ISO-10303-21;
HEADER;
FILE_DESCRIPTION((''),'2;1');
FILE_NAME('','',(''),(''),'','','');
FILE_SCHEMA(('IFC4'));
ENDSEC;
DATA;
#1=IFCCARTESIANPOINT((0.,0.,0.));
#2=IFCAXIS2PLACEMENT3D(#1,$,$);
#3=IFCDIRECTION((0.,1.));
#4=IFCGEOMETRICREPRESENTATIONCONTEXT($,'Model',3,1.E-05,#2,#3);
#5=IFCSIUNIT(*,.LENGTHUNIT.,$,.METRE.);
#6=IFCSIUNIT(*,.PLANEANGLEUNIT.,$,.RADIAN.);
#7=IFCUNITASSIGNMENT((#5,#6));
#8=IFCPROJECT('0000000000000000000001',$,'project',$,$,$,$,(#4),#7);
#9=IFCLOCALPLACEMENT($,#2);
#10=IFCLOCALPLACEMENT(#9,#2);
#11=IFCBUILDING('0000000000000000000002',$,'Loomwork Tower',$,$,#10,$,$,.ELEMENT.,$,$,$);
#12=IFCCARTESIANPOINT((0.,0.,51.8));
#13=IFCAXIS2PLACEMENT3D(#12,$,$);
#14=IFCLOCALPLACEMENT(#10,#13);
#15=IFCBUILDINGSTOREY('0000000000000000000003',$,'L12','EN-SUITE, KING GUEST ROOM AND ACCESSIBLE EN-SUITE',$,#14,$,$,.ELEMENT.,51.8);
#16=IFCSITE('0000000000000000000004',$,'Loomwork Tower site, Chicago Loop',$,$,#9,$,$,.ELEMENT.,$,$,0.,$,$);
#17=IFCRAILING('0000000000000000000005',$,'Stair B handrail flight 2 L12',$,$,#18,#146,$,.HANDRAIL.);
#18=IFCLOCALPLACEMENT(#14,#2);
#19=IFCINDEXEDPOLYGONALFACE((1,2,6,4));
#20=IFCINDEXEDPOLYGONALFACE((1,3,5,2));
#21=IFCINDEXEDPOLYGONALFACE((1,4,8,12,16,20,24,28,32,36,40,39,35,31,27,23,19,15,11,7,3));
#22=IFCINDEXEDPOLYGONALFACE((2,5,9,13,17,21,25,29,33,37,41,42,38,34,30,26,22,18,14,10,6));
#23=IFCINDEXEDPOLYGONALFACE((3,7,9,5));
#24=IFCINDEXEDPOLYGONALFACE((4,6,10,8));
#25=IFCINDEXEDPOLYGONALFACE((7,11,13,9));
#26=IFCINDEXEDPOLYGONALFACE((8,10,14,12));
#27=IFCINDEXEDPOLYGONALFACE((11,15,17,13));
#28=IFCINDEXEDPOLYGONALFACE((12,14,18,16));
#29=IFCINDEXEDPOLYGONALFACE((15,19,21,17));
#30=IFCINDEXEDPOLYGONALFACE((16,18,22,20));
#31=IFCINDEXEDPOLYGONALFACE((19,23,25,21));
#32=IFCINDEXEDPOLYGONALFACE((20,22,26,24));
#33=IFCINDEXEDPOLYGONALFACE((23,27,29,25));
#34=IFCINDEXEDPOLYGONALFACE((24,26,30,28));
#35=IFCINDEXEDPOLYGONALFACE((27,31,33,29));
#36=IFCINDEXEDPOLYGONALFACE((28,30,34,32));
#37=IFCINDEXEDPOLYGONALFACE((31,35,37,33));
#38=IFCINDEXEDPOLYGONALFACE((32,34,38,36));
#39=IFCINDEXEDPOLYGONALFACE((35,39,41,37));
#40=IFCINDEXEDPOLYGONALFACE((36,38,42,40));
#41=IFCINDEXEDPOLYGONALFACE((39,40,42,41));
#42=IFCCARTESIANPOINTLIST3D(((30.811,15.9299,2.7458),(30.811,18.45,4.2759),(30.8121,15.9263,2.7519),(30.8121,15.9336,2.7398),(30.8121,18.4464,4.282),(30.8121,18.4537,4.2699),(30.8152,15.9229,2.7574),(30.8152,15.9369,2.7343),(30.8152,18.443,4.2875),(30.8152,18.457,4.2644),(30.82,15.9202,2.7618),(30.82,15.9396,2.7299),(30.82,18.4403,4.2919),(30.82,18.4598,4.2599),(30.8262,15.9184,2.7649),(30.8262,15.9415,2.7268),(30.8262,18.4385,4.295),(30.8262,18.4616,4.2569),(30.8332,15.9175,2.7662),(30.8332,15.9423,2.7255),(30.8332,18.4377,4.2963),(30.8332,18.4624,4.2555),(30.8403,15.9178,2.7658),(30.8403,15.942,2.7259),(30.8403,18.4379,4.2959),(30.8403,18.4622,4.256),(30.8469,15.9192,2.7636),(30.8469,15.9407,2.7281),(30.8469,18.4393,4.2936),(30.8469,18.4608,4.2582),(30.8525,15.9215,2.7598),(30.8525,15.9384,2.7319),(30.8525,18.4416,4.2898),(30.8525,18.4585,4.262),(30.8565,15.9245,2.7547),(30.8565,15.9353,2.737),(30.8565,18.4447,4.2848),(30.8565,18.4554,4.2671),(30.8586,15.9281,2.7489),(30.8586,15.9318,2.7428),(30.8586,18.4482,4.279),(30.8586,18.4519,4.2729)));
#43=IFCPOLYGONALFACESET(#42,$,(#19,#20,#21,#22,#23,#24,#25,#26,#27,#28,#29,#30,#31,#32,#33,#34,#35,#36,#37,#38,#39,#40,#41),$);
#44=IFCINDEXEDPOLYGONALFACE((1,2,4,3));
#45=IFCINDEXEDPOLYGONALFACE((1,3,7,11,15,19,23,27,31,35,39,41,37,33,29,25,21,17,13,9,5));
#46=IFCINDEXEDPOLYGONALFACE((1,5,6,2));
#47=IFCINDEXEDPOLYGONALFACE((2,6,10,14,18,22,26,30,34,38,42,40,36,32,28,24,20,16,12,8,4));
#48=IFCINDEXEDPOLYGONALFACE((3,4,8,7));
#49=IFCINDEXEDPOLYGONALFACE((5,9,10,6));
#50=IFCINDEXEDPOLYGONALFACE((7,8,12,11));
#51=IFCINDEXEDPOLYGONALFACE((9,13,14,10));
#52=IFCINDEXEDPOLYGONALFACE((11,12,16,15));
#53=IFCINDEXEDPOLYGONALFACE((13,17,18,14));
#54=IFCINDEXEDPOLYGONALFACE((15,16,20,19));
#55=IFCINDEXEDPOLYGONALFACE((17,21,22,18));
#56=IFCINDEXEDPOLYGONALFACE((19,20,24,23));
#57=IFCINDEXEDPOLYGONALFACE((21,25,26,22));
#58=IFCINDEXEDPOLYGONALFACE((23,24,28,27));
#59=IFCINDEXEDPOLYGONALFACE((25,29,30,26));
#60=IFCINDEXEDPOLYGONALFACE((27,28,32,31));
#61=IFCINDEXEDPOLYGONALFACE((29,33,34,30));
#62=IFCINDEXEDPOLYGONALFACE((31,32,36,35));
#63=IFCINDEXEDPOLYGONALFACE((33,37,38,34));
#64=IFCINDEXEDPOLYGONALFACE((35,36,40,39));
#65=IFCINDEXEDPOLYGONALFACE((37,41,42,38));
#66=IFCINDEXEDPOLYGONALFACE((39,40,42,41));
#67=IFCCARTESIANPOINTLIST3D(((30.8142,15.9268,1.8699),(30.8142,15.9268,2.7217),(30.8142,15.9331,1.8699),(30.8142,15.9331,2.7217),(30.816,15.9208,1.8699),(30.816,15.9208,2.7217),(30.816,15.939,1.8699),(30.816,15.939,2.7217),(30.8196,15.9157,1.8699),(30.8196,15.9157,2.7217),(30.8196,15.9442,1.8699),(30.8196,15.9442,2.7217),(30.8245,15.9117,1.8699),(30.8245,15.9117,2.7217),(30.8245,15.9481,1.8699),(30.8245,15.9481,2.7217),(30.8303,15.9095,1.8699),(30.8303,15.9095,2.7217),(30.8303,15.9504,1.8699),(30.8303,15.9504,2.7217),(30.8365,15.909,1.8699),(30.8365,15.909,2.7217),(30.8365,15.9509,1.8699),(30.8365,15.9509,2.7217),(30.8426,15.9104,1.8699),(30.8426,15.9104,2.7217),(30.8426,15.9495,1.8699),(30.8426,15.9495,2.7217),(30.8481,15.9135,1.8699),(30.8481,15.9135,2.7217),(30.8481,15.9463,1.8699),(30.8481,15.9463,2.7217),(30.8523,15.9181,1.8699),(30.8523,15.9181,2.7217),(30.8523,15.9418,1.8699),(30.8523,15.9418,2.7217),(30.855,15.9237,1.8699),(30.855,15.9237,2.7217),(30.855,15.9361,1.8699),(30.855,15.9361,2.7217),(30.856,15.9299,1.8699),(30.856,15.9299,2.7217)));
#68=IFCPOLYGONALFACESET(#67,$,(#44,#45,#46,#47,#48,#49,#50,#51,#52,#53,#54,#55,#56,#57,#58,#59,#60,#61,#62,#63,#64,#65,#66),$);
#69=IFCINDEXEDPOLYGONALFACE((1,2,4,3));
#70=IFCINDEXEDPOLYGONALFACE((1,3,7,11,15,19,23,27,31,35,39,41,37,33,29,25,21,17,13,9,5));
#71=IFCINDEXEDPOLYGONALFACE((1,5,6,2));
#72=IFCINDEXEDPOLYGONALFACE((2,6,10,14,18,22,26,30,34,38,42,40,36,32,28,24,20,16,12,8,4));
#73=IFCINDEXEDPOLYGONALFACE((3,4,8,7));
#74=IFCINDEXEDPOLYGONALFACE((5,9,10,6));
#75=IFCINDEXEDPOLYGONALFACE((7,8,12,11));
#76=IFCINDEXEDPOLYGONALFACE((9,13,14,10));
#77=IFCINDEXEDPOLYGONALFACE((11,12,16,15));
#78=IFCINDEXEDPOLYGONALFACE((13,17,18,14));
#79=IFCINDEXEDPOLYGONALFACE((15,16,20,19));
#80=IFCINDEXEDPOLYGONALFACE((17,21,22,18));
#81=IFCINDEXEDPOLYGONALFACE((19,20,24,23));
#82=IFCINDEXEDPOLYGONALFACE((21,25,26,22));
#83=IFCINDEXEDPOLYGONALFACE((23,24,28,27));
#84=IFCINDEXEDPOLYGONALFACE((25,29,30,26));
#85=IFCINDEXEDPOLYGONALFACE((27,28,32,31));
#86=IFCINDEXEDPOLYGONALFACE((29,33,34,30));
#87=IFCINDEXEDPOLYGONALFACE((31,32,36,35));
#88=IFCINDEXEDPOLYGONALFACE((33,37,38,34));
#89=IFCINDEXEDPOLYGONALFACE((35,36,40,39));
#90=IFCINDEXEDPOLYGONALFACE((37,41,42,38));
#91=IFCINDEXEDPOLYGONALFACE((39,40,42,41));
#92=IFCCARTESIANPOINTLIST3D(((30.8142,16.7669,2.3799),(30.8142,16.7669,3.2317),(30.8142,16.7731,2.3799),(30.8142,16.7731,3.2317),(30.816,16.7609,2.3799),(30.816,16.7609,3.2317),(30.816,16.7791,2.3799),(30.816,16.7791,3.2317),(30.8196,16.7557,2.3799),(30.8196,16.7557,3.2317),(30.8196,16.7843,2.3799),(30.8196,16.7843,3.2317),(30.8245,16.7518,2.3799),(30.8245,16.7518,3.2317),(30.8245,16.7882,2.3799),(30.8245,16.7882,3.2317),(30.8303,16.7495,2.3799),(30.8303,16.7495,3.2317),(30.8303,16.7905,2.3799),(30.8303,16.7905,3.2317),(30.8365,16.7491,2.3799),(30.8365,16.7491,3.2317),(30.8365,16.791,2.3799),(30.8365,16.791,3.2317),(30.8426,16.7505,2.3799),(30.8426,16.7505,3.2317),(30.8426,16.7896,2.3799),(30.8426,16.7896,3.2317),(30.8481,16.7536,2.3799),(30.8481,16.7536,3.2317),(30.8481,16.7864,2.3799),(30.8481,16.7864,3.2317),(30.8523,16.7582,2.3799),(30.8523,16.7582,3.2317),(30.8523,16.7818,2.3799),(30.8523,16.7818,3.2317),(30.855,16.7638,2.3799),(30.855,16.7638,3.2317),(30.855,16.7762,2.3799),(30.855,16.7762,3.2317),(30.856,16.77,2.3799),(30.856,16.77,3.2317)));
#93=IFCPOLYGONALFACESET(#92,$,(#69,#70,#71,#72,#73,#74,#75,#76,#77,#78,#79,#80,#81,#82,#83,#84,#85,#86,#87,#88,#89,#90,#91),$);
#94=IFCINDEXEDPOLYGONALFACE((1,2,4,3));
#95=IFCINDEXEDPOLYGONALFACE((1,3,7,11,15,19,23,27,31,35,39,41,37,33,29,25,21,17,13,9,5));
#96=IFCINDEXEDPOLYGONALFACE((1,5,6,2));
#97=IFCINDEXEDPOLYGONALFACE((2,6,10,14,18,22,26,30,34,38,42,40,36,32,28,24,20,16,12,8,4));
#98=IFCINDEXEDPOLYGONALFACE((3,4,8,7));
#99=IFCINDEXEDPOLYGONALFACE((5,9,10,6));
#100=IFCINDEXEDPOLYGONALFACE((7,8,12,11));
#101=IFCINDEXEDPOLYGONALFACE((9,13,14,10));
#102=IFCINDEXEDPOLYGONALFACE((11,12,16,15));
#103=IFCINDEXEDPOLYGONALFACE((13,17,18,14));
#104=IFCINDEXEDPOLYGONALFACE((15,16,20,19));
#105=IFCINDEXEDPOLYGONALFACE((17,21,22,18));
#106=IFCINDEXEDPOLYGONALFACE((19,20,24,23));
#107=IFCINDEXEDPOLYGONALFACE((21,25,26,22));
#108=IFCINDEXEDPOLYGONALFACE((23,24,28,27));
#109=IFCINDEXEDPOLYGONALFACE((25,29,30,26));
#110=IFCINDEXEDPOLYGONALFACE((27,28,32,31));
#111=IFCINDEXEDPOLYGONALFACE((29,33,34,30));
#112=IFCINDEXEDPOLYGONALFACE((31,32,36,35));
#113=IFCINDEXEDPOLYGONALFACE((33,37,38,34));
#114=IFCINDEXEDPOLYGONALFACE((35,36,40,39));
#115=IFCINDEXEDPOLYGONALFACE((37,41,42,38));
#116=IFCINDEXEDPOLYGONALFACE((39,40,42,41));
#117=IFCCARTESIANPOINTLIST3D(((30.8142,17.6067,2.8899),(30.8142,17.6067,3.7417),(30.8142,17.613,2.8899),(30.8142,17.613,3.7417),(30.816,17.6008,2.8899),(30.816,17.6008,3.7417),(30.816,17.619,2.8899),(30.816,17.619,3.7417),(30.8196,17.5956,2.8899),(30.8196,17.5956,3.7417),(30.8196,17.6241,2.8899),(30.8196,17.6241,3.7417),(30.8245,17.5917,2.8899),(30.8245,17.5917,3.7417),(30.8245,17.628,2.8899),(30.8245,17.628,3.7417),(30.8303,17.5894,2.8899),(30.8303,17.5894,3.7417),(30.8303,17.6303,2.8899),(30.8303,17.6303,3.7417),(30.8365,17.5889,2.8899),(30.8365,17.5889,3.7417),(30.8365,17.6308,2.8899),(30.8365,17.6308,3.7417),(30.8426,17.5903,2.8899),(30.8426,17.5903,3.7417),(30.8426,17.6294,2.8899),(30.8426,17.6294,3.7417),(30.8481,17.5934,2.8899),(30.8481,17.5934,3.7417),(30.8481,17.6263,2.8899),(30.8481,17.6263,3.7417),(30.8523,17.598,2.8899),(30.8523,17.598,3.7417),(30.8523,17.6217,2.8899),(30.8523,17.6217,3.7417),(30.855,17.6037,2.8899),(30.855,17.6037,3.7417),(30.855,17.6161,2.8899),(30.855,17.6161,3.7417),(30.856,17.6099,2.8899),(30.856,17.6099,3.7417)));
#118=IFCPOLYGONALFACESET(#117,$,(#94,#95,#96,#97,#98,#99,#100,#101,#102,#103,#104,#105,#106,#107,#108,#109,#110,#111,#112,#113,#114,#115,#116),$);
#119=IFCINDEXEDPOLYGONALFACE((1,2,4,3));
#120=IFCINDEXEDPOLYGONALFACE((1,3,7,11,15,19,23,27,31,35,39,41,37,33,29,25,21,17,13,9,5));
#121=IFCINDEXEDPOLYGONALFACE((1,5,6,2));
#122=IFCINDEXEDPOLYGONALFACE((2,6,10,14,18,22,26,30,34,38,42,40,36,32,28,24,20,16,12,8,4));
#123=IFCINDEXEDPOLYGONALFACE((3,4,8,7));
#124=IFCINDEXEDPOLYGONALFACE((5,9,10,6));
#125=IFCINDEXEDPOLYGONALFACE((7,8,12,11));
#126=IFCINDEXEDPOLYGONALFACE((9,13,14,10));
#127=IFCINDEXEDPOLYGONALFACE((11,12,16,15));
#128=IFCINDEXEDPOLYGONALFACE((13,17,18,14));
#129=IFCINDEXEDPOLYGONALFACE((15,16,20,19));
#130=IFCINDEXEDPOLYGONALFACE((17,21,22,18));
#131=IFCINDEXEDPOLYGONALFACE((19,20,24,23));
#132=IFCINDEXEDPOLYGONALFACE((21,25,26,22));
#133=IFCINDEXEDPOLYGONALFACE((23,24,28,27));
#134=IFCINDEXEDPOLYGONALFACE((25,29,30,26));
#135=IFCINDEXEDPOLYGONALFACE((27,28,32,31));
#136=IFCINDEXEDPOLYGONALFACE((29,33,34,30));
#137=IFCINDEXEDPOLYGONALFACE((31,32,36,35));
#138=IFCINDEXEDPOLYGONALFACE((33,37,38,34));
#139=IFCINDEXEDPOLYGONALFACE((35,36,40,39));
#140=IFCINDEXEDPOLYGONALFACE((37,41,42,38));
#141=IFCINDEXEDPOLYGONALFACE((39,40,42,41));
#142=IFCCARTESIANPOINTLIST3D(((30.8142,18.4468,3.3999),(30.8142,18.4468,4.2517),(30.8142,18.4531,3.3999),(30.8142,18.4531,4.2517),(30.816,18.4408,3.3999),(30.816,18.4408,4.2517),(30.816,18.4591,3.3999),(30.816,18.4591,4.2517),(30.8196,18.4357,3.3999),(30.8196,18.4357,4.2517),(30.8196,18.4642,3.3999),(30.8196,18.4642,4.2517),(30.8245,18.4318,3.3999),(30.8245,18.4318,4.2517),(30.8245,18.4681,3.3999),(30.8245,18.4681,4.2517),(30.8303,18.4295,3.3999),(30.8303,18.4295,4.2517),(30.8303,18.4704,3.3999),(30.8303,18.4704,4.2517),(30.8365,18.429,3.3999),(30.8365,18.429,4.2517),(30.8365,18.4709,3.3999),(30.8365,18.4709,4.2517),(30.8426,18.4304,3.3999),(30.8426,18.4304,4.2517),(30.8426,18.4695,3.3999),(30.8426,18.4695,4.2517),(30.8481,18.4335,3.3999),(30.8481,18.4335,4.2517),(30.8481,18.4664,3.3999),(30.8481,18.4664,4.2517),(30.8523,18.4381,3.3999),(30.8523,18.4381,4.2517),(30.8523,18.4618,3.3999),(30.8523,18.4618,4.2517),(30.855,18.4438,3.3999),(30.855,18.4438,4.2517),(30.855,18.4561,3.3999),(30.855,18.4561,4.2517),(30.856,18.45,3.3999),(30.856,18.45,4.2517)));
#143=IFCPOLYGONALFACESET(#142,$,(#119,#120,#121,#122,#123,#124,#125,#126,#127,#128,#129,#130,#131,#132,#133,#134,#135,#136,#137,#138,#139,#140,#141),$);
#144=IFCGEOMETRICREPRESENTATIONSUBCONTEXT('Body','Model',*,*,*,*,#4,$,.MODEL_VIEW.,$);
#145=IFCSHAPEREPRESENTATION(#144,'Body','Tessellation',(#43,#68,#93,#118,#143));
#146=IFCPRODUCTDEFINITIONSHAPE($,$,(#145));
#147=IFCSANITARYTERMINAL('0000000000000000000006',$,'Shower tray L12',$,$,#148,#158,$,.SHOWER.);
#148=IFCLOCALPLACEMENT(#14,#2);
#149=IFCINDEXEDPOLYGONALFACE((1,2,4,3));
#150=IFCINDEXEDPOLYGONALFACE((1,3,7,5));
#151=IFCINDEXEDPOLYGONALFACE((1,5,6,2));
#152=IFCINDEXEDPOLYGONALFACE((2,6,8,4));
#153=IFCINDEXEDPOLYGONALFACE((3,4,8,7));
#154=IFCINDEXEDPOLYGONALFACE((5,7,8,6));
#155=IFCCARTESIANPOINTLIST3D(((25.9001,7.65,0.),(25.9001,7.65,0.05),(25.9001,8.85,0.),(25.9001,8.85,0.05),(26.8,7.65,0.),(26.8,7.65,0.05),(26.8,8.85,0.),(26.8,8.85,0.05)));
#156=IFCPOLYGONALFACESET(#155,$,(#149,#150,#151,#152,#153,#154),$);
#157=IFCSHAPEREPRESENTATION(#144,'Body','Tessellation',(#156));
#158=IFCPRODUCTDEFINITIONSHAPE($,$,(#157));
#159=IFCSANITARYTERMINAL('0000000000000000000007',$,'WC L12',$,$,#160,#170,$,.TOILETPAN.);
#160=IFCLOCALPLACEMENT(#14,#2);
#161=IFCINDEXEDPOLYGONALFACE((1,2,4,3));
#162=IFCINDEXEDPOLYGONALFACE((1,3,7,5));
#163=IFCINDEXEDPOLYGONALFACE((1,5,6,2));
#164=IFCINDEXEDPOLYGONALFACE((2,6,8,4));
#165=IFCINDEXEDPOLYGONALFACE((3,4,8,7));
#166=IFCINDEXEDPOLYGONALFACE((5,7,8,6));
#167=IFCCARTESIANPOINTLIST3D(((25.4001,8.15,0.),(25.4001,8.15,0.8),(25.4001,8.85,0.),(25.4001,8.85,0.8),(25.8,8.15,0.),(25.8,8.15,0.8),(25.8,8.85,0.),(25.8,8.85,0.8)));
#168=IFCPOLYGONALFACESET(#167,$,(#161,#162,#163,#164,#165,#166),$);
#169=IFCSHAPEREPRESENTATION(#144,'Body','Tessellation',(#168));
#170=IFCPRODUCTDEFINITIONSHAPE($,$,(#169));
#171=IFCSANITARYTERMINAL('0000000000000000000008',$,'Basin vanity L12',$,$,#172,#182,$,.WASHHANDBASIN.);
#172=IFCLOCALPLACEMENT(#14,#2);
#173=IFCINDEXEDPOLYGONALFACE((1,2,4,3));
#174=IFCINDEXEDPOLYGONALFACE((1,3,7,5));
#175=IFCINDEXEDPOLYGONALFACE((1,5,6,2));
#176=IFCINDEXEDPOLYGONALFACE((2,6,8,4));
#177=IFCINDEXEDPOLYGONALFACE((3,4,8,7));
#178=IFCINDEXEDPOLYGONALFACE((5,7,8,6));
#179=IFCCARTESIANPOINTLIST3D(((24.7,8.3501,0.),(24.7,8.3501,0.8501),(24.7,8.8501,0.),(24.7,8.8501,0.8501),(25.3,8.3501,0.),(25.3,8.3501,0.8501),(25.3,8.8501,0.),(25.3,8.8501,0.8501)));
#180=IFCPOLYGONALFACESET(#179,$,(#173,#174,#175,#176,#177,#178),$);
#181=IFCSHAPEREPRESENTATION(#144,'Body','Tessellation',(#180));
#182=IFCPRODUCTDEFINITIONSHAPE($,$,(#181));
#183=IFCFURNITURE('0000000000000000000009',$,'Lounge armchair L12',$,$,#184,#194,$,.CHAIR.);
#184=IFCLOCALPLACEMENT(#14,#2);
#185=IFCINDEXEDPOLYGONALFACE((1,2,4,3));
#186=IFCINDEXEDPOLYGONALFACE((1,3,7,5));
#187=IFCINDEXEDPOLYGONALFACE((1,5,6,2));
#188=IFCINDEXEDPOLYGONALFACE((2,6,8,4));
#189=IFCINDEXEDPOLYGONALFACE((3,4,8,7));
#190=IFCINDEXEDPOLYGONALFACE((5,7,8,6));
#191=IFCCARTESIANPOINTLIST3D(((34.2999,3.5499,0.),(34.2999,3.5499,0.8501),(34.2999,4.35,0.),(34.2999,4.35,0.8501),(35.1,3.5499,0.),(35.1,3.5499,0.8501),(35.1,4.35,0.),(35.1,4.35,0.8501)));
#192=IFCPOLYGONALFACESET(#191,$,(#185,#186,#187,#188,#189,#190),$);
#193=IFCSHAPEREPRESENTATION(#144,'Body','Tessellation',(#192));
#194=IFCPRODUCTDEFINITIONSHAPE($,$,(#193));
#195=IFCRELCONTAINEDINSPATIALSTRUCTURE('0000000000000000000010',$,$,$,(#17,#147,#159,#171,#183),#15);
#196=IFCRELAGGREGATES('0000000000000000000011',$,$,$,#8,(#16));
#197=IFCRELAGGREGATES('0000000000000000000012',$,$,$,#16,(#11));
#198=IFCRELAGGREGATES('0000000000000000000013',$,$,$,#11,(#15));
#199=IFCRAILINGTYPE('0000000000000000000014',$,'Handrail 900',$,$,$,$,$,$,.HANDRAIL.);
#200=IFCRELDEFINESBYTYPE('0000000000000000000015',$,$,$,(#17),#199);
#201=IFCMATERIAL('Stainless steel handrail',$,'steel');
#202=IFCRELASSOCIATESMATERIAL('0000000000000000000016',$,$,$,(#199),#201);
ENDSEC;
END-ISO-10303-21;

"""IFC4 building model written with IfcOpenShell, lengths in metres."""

from ifc_helpers import new_model, si_unit, direction, frame, origin, origin_2d, place, context, subcontext, project, spatial, rectangle, circle, extrude, material, type_object, element, save


model = new_model("IFC4")

# Units and contexts
model_context = context("Model", 3, precision=1e-05, world=origin(), true_north=direction((0.0, 1.0)))
body_context = subcontext(model_context, "Body", "Model", "MODEL_VIEW")
ifc_project = project(units=[si_unit("LENGTHUNIT", "METRE"), si_unit("PLANEANGLEUNIT", "RADIAN")], contexts=[model_context])

# Site, building, storey
site_placement = place(None, origin())
site = spatial("IfcSite", under=ifc_project, at=site_placement, Name="Loomwork Tower site, Chicago Loop", CompositionType="ELEMENT", RefElevation=0.0)
building_placement = place(site_placement, origin())
building = spatial("IfcBuilding", under=site, at=building_placement, Name="Loomwork Tower", CompositionType="ELEMENT")
storey_placement = place(building_placement, frame((0.0, 0.0, 51.8)))
storey = spatial("IfcBuildingStorey", under=building, at=storey_placement, Name="L12", Description="EN-SUITE, KING GUEST ROOM AND ACCESSIBLE EN-SUITE", CompositionType="ELEMENT", Elevation=51.8)

# Railing
ifc_material_1 = material(Name="Stainless steel handrail", Category="steel")
railing_type = type_object("IfcRailingType", Name="Handrail 900", PredefinedType="HANDRAIL", material=ifc_material_1)
railing_placement = place(storey_placement, frame((30.835, 15.9299, 1.8699)))
element("IfcRailing", 1, at=railing_placement, inside=storey, type_object=railing_type, Name="Stair B handrail flight 2 L12", PredefinedType="HANDRAIL", context=body_context, shape_type="SweptSolid", body=[
    extrude(circle(Radius=0.0239, at=origin_2d()), frame((0.0, 0.0, 0.876), z_axis=(0.0, 0.854785, 0.518982), x_axis=(-1.0, 0.0, 0.0)), (0.0, 0.0, 1.0), 2.9482),
    extrude(circle(Radius=0.021, at=origin_2d()), origin(), (0.0, 0.0, 1.0), 0.8518),
    extrude(circle(Radius=0.021, at=origin_2d()), frame((0.0, 0.8401, 0.51)), (0.0, 0.0, 1.0), 0.8518),
    extrude(circle(Radius=0.021, at=origin_2d()), frame((0.0, 1.6799, 1.02)), (0.0, 0.0, 1.0), 0.8518),
    extrude(circle(Radius=0.021, at=origin_2d()), frame((0.0, 2.52, 1.53)), (0.0, 0.0, 1.0), 0.8518),
])

# Sanitary terminals
sanitary_terminal_1_placement = place(storey_placement, frame((26.3501, 8.25, 0.0), z_axis=(0.0, 0.0, 1.0), x_axis=(1.0, 0.0, 0.0)))
element("IfcSanitaryTerminal", 2, at=sanitary_terminal_1_placement, inside=storey, Name="Shower tray L12", PredefinedType="SHOWER", context=body_context, shape_type="SweptSolid", body=[
    extrude(rectangle(XDim=0.8999, YDim=1.2, at=origin_2d()), origin(), (0.0, 0.0, 1.0), 0.05),
])
sanitary_terminal_2_placement = place(storey_placement, frame((25.6001, 8.5, 0.0), z_axis=(0.0, 0.0, 1.0), x_axis=(1.0, 0.0, 0.0)))
element("IfcSanitaryTerminal", 3, at=sanitary_terminal_2_placement, inside=storey, Name="WC L12", PredefinedType="TOILETPAN", context=body_context, shape_type="SweptSolid", body=[
    extrude(rectangle(XDim=0.3999, YDim=0.7, at=origin_2d()), origin(), (0.0, 0.0, 1.0), 0.8),
])
sanitary_terminal_3_placement = place(storey_placement, frame((25.0, 8.6001, 0.0), z_axis=(0.0, 0.0, 1.0), x_axis=(1.0, 0.0, 0.0)))
element("IfcSanitaryTerminal", 4, at=sanitary_terminal_3_placement, inside=storey, Name="Basin vanity L12", PredefinedType="WASHHANDBASIN", context=body_context, shape_type="SweptSolid", body=[
    extrude(rectangle(XDim=0.6001, YDim=0.5, at=origin_2d()), origin(), (0.0, 0.0, 1.0), 0.8501),
])

# Furniture
furniture_placement = place(storey_placement, frame((34.7, 3.95, 0.0), z_axis=(0.0, 0.0, 1.0), x_axis=(1.0, 0.0, 0.0)))
element("IfcFurniture", 5, at=furniture_placement, inside=storey, Name="Lounge armchair L12", PredefinedType="CHAIR", context=body_context, shape_type="SweptSolid", body=[
    extrude(rectangle(XDim=0.8, YDim=0.8, at=origin_2d()), origin(), (0.0, 0.0, 1.0), 0.8501),
])

save(model, "model.ifc")
